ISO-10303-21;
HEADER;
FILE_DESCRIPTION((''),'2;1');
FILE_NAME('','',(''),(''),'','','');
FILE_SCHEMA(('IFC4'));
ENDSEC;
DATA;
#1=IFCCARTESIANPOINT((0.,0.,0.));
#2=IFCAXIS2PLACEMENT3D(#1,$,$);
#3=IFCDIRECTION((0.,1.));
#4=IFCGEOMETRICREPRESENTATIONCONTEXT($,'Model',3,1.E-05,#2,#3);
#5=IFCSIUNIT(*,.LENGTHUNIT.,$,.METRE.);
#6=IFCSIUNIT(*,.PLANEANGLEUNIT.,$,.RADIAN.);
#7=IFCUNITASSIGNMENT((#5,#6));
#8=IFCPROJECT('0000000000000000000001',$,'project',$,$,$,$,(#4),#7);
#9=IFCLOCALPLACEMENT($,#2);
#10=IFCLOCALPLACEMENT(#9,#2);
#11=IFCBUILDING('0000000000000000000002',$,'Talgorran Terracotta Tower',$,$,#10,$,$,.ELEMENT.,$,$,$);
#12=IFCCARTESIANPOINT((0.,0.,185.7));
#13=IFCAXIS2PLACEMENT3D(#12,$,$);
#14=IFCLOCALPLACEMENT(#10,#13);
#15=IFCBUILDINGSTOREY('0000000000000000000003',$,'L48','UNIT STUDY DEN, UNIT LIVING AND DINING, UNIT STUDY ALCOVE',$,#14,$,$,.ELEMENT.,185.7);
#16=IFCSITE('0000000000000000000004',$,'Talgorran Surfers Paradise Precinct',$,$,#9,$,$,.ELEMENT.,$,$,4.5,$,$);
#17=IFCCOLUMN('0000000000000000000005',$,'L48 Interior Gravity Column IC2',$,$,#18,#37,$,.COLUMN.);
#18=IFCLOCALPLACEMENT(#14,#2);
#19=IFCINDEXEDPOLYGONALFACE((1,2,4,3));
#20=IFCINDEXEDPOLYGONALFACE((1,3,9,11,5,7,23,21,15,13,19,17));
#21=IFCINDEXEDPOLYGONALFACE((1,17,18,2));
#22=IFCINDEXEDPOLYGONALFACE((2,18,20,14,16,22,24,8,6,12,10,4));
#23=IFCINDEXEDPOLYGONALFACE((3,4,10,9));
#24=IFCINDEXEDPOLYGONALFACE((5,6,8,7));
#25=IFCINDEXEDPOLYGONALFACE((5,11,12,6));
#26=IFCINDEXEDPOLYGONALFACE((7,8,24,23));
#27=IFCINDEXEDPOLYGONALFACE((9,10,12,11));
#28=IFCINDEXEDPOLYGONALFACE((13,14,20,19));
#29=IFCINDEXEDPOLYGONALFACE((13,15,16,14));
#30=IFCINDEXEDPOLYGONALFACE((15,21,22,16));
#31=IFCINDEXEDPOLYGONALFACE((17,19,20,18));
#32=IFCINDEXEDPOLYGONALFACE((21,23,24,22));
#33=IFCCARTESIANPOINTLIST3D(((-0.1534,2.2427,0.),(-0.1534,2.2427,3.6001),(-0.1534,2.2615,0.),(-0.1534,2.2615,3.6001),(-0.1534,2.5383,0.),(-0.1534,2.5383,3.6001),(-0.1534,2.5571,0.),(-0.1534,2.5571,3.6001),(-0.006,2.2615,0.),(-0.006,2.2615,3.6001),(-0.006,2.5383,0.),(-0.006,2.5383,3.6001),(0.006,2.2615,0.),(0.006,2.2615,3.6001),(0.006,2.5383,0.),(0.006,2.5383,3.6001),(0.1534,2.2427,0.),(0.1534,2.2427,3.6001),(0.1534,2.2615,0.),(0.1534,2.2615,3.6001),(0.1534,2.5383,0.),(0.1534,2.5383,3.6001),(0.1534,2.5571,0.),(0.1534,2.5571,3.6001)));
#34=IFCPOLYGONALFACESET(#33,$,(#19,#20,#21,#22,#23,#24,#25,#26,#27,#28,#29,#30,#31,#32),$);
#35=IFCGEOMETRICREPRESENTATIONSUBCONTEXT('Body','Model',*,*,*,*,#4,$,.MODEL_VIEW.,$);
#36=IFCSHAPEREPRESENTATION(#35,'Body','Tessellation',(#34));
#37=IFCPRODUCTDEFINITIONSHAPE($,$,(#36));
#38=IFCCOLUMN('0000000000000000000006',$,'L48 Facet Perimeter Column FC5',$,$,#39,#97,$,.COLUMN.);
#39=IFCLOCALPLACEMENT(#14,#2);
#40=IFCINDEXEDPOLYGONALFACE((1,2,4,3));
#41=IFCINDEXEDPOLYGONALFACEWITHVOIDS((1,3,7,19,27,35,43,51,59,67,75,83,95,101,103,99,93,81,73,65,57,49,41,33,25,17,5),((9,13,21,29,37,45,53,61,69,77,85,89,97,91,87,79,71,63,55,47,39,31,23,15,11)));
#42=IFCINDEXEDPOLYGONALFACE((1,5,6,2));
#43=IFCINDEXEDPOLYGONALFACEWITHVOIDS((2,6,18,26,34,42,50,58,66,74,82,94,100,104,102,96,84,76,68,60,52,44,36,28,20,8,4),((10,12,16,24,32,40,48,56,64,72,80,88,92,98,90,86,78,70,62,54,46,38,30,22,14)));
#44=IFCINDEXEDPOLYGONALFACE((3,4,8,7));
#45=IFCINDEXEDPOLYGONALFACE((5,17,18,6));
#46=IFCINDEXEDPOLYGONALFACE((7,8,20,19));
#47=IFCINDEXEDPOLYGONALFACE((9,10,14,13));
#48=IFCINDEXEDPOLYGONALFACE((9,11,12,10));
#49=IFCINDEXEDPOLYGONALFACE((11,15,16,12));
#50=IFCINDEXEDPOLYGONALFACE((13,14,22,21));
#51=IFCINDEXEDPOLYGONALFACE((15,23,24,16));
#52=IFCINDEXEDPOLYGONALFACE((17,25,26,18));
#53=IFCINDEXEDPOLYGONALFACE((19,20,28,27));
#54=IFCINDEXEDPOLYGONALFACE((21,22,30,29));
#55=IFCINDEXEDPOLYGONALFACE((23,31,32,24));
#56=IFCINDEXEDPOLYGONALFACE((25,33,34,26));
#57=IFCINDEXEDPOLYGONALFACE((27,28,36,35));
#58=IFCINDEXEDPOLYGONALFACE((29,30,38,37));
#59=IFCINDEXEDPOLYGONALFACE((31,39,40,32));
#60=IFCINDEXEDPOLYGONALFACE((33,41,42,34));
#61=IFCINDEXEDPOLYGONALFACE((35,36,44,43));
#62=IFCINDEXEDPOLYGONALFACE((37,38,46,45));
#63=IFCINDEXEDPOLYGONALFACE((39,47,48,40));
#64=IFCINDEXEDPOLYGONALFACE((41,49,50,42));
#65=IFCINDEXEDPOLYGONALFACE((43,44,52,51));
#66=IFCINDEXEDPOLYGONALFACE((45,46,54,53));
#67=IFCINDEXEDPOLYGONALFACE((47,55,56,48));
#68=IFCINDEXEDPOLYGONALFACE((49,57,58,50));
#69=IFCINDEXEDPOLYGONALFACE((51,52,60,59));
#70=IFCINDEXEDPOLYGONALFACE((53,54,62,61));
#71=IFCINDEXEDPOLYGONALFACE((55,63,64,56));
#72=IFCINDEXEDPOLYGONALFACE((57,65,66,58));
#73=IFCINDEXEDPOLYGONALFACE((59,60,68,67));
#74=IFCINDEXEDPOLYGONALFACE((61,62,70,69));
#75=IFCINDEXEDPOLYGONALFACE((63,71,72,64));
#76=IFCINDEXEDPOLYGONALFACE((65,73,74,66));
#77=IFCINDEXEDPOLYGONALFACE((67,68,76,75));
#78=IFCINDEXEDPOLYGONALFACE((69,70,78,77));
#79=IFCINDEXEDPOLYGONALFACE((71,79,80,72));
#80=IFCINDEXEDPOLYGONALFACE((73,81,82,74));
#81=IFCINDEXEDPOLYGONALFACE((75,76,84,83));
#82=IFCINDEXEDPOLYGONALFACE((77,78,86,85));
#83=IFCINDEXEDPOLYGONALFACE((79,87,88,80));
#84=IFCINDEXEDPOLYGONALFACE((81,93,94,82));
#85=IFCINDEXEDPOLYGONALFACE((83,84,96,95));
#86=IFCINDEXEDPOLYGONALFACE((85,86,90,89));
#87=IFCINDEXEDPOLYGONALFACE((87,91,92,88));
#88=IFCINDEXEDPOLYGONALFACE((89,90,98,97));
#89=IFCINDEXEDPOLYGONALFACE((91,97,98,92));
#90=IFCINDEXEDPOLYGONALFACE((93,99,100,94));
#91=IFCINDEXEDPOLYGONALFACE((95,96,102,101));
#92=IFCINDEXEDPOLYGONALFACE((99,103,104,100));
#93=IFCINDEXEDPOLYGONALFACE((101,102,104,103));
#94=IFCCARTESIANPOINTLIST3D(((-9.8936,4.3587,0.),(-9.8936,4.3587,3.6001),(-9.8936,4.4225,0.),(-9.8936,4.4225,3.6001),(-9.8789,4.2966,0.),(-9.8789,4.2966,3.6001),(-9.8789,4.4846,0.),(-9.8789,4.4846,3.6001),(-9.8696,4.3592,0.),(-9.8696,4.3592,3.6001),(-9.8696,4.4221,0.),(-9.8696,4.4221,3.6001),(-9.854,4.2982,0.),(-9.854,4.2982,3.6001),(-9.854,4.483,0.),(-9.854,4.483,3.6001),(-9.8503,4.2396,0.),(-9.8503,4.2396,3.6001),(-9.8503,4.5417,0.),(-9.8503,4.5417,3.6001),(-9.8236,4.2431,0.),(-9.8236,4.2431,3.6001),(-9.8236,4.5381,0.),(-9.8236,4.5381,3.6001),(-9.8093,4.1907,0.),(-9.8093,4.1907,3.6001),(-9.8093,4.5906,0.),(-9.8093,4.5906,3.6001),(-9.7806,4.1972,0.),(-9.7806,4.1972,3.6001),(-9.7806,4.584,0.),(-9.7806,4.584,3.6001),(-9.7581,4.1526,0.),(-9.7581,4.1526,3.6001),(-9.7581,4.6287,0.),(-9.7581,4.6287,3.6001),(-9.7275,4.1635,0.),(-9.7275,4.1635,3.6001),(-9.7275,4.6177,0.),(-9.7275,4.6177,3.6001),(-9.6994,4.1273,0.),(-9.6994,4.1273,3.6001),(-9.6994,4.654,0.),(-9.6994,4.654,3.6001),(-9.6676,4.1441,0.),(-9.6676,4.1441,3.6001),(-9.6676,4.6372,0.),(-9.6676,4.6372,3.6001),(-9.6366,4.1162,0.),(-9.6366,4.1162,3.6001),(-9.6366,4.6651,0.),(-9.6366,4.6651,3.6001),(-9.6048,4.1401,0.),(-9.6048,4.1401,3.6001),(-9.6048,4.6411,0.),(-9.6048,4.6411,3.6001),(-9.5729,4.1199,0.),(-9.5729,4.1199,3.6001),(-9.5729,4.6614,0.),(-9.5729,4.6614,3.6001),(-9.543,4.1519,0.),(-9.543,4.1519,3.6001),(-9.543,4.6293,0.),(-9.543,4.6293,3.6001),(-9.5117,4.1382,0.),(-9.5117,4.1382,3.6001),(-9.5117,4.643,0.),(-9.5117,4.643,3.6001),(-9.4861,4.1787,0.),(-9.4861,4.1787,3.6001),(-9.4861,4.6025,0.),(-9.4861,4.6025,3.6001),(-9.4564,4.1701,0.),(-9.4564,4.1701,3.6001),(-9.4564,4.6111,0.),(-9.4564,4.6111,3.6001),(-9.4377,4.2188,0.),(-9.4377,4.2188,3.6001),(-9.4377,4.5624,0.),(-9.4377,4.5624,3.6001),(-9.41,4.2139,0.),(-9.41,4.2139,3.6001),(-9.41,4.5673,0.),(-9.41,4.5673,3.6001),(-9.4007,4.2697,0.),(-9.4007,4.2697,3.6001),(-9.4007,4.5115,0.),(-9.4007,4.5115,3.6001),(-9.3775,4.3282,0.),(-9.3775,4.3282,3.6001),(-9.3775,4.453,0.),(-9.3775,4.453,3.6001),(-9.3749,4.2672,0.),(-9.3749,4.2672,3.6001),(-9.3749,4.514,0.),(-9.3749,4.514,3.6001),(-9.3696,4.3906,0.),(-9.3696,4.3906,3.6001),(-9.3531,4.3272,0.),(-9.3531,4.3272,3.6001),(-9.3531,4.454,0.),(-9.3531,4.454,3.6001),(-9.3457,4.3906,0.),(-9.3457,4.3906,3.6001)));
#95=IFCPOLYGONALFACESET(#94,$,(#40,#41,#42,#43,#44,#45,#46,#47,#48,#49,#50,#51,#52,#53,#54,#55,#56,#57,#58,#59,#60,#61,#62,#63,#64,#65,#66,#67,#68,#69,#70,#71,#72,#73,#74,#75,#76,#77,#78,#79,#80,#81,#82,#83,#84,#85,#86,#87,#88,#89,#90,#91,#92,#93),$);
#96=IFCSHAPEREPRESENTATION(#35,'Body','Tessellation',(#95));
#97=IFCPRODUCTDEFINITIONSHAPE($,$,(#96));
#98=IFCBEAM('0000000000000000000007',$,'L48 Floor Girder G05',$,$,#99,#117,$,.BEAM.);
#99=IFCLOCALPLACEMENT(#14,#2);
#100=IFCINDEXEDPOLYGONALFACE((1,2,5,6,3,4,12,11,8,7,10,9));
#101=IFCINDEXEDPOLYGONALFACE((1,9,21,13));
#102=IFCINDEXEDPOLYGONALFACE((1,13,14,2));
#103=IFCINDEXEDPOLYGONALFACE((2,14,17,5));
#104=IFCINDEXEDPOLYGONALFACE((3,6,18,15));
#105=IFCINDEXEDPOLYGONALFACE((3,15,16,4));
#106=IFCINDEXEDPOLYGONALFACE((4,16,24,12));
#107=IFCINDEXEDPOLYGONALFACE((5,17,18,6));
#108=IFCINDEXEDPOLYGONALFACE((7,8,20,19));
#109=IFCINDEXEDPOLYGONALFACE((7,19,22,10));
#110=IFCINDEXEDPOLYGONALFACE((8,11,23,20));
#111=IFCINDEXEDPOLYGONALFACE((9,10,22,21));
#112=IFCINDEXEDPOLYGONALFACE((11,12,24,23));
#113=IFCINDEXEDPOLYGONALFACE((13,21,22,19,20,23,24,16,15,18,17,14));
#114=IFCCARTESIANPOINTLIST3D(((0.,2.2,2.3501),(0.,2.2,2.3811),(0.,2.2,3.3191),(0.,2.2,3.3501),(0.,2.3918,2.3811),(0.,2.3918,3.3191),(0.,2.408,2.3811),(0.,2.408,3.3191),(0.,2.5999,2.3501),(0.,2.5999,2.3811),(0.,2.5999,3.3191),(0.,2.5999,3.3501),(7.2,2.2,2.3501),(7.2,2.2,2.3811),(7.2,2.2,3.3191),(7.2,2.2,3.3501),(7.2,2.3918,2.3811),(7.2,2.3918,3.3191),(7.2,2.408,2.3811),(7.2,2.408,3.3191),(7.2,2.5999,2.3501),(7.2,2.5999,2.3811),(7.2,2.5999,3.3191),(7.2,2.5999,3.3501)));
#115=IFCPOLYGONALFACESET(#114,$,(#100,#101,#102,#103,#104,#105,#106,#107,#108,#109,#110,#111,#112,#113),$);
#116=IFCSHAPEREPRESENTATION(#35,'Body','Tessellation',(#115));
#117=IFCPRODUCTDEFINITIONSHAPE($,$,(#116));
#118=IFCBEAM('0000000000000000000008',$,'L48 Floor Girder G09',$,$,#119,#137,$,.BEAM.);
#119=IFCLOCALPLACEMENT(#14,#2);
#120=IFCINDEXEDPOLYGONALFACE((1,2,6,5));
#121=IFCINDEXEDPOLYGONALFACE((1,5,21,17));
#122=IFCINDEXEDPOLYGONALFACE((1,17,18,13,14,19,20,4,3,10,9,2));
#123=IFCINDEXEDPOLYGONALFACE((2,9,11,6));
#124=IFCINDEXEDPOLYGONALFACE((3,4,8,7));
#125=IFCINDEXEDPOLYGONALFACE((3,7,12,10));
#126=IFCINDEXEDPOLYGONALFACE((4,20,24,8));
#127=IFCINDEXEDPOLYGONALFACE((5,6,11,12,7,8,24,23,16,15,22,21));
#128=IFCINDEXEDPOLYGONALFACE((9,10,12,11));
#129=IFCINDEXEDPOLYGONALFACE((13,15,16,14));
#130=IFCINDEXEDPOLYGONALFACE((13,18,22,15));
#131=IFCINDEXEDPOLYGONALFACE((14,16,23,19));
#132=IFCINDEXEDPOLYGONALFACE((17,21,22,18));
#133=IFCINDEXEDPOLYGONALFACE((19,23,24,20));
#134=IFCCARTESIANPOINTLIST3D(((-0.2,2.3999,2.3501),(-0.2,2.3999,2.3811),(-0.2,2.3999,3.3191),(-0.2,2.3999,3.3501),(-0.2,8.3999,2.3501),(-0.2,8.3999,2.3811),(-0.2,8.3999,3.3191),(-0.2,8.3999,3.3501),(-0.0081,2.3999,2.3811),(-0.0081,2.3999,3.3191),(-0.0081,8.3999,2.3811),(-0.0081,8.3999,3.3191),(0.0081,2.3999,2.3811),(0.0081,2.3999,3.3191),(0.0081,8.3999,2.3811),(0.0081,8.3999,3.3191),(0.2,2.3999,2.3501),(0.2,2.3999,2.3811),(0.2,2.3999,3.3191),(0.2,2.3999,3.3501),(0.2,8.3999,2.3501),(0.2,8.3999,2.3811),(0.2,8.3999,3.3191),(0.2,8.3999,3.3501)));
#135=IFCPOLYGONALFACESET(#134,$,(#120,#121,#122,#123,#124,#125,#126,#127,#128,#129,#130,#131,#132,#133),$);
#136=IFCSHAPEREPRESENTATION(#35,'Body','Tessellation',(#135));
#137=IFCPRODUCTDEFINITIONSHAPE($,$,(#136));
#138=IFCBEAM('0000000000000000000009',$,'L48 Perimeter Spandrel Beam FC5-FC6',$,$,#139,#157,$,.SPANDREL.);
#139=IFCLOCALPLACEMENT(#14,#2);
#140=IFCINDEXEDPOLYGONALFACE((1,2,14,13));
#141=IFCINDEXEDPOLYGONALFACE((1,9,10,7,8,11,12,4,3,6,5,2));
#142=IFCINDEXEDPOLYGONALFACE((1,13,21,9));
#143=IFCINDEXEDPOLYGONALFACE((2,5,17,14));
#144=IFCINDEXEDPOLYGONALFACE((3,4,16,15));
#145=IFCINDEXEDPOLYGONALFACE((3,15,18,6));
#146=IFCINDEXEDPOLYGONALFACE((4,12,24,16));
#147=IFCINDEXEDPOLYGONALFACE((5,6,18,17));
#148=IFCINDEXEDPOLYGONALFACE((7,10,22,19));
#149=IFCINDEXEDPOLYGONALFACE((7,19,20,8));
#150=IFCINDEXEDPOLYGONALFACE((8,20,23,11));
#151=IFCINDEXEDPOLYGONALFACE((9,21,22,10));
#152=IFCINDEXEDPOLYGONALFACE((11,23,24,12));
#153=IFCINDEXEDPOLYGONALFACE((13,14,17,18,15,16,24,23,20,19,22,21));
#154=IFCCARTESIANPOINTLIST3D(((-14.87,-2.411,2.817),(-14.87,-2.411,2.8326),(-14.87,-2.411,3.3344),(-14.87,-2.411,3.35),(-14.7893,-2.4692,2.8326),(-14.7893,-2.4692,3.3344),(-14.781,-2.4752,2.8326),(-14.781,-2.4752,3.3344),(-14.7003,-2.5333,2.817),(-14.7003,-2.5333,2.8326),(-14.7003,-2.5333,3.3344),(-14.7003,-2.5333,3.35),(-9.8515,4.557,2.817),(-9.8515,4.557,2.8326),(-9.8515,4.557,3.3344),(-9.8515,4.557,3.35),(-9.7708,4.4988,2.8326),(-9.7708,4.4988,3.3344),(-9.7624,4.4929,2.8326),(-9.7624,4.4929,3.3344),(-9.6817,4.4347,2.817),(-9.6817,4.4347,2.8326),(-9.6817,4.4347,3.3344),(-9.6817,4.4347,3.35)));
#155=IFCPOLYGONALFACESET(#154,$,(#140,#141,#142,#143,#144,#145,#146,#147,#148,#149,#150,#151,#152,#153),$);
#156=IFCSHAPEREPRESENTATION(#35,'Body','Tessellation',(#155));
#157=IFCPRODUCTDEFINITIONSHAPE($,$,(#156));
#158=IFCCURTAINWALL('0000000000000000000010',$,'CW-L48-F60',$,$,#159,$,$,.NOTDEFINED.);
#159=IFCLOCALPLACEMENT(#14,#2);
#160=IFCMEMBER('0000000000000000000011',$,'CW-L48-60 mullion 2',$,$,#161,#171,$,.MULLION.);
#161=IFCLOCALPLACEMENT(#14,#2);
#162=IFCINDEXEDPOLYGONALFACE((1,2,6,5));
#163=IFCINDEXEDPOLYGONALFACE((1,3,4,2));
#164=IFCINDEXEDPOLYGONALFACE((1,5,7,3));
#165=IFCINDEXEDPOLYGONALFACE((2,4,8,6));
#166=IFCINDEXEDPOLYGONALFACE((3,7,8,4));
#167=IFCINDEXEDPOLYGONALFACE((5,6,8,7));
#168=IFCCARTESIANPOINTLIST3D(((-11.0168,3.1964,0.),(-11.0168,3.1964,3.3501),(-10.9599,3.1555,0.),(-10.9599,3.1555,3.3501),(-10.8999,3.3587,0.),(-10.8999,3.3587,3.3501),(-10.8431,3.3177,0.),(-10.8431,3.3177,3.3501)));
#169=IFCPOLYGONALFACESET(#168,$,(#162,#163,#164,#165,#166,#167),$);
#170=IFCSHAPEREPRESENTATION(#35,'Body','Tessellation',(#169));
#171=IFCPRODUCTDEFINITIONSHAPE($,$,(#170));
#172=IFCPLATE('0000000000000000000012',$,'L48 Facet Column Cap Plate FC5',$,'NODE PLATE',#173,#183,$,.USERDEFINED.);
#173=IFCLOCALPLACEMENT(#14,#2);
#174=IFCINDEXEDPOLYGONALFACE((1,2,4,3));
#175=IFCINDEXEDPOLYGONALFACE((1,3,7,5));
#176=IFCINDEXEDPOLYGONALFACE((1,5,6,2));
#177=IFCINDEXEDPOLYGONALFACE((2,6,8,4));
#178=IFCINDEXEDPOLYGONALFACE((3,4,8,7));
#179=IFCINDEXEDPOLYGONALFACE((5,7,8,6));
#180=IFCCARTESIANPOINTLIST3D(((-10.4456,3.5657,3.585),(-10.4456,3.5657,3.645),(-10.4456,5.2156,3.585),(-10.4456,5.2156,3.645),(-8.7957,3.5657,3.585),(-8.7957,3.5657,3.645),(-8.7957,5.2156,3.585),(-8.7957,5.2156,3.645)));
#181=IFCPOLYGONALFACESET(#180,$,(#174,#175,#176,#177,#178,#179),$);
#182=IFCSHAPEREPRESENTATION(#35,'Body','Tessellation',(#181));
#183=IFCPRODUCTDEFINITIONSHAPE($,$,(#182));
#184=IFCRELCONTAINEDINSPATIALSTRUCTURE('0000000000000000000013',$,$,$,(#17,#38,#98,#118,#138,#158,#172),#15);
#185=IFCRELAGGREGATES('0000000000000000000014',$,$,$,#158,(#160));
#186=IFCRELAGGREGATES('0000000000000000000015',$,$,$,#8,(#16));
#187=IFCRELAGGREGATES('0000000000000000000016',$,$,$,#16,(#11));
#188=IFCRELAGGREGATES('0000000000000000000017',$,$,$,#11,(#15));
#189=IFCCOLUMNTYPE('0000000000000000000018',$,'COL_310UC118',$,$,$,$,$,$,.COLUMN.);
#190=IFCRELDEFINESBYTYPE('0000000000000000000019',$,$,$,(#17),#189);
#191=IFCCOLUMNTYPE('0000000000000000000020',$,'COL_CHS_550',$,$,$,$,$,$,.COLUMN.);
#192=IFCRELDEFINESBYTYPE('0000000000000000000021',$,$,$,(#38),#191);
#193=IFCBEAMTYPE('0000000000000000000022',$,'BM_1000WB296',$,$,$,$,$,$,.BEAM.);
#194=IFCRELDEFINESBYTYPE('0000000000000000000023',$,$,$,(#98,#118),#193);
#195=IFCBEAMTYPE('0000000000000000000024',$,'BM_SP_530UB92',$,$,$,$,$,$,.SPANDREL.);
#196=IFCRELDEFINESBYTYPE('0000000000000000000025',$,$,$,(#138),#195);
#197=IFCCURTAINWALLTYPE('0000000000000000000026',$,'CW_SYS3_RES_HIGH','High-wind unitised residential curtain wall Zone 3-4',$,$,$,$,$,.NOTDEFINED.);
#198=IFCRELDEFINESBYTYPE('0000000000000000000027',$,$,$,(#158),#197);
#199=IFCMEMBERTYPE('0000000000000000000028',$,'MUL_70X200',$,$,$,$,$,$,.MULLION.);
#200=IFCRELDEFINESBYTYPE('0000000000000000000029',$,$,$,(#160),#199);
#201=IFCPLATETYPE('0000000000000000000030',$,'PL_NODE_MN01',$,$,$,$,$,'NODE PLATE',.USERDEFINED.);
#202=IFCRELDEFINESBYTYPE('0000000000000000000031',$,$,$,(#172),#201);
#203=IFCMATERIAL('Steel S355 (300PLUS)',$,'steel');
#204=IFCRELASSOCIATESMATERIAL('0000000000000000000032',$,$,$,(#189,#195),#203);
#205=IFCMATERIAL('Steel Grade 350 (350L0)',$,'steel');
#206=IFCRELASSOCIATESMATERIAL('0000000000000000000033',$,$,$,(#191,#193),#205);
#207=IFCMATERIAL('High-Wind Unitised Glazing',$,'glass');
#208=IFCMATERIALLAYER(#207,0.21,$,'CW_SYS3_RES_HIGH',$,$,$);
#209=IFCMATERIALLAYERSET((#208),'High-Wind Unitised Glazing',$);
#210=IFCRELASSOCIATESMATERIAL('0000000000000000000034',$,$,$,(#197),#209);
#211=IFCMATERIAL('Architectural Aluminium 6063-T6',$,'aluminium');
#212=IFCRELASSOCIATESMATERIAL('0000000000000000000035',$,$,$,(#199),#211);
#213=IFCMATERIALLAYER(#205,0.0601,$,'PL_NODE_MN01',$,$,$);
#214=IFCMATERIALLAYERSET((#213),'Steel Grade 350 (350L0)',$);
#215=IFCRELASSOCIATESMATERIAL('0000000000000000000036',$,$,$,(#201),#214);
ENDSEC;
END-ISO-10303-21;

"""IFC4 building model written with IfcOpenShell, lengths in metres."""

from ifc_helpers import new_model, si_unit, direction, frame, origin, origin_2d, place, context, subcontext, project, spatial, rectangle, hollow_circle, i_section, extrude, material, layer, layer_set, material_profile, profile_set, type_object, element, aggregate, save


model = new_model("IFC4")

# Units and contexts
model_context = context("Model", 3, precision=1e-05, world=origin(), true_north=direction((0.0, 1.0)))
body_context = subcontext(model_context, "Body", "Model", "MODEL_VIEW")
ifc_project = project(units=[si_unit("LENGTHUNIT", "METRE"), si_unit("PLANEANGLEUNIT", "RADIAN")], contexts=[model_context])

# Site, building, storey
site_placement = place(None, origin())
site = spatial("IfcSite", under=ifc_project, at=site_placement, Name="Talgorran Surfers Paradise Precinct", CompositionType="ELEMENT", RefElevation=4.5)
building_placement = place(site_placement, origin())
building = spatial("IfcBuilding", under=site, at=building_placement, Name="Talgorran Terracotta Tower", CompositionType="ELEMENT")
storey_placement = place(building_placement, frame((0.0, 0.0, 185.7)))
storey = spatial("IfcBuildingStorey", under=building, at=storey_placement, Name="L48", Description="UNIT STUDY DEN, UNIT LIVING AND DINING, UNIT STUDY ALCOVE", CompositionType="ELEMENT", Elevation=185.7)

# Columns
ifc_material_1 = material(Name="Steel S355 (300PLUS)", Category="steel")
ifc_material_profile_1 = material_profile(ifc_material_1, i_section(OverallWidth=0.3069, OverallDepth=0.3145, WebThickness=0.012, FlangeThickness=0.0188, at=origin_2d()), Name="310UC118")
ifc_profile_set_1 = profile_set([ifc_material_profile_1], Name="Steel S355 (300PLUS)")
column_type_1 = type_object("IfcColumnType", Name="COL_310UC118", PredefinedType="COLUMN", material=ifc_profile_set_1)
column_1_placement = place(storey_placement, frame((0.0, 2.3999, 0.0), z_axis=(0.0, 0.0, 1.0), x_axis=(1.0, 0.0, 0.0)))
element("IfcColumn", 1, at=column_1_placement, inside=storey, type_object=column_type_1, Name="L48 Interior Gravity Column IC2", PredefinedType="COLUMN", context=body_context, shape_type="SweptSolid", body=[
    extrude(i_section(OverallWidth=0.3069, OverallDepth=0.3145, WebThickness=0.012, FlangeThickness=0.0188, at=origin_2d()), origin(), (0.0, 0.0, 1.0), 3.6001),
])
ifc_material_2 = material(Name="Steel Grade 350 (350L0)", Category="steel")
ifc_material_profile_2 = material_profile(ifc_material_2, hollow_circle(Radius=0.2749, WallThickness=0.0239, at=origin_2d()), Name="CHS550X24")
ifc_profile_set_2 = profile_set([ifc_material_profile_2], Name="Steel Grade 350 (350L0)")
column_type_2 = type_object("IfcColumnType", Name="COL_CHS_550", PredefinedType="COLUMN", material=ifc_profile_set_2)
column_2_placement = place(storey_placement, frame((-9.6206, 4.3906, 0.0), z_axis=(0.0, 0.0, 1.0), x_axis=(1.0, 0.0, 0.0)))
element("IfcColumn", 2, at=column_2_placement, inside=storey, type_object=column_type_2, Name="L48 Facet Perimeter Column FC5", PredefinedType="COLUMN", context=body_context, shape_type="SweptSolid", body=[
    extrude(hollow_circle(Radius=0.2749, WallThickness=0.0239, at=origin_2d()), origin(), (0.0, 0.0, 1.0), 3.6001),
])

# Beams
ifc_material_profile_3 = material_profile(ifc_material_2, i_section(OverallWidth=0.3999, OverallDepth=1.0, WebThickness=0.0161, FlangeThickness=0.031, at=origin_2d()), Name="1000WB296")
ifc_profile_set_3 = profile_set([ifc_material_profile_3], Name="Steel Grade 350 (350L0)")
beam_type_1 = type_object("IfcBeamType", Name="BM_1000WB296", PredefinedType="BEAM", material=ifc_profile_set_3)
beam_1_placement = place(storey_placement, frame((0.0, 2.3999, 2.8501), z_axis=(1.0, 0.0, 0.0), x_axis=(0.0, 1.0, 0.0)))
element("IfcBeam", 3, at=beam_1_placement, inside=storey, type_object=beam_type_1, Name="L48 Floor Girder G05", PredefinedType="BEAM", context=body_context, shape_type="SweptSolid", body=[
    extrude(i_section(OverallWidth=0.3999, OverallDepth=1.0, WebThickness=0.0161, FlangeThickness=0.031, at=origin_2d()), origin(), (0.0, 0.0, 1.0), 7.2),
])
beam_2_placement = place(storey_placement, frame((0.0, 2.3999, 2.8501), z_axis=(0.0, 1.0, 0.0), x_axis=(-1.0, 0.0, 0.0)))
element("IfcBeam", 4, at=beam_2_placement, inside=storey, type_object=beam_type_1, Name="L48 Floor Girder G09", PredefinedType="BEAM", context=body_context, shape_type="SweptSolid", body=[
    extrude(i_section(OverallWidth=0.3999, OverallDepth=1.0, WebThickness=0.0161, FlangeThickness=0.031, at=origin_2d()), origin(), (0.0, 0.0, 1.0), 6.0),
])
ifc_material_profile_4 = material_profile(ifc_material_1, i_section(OverallWidth=0.2092, OverallDepth=0.533, WebThickness=0.0103, FlangeThickness=0.0156, at=origin_2d()), Name="530UB92.4")
ifc_profile_set_4 = profile_set([ifc_material_profile_4], Name="Steel S355 (300PLUS)")
beam_type_2 = type_object("IfcBeamType", Name="BM_SP_530UB92", PredefinedType="SPANDREL", material=ifc_profile_set_4)
beam_3_placement = place(storey_placement, frame((-9.7666, 4.4958, 3.0835), z_axis=(-0.584426, -0.811447, 0.0), x_axis=(0.811447, -0.584426, 0.0)))
element("IfcBeam", 5, at=beam_3_placement, inside=storey, type_object=beam_type_2, Name="L48 Perimeter Spandrel Beam FC5-FC6", PredefinedType="SPANDREL", context=body_context, shape_type="SweptSolid", body=[
    extrude(i_section(OverallWidth=0.2092, OverallDepth=0.533, WebThickness=0.0103, FlangeThickness=0.0156, at=origin_2d()), origin(), (0.0, 0.0, 1.0), 8.5872),
])

# Curtain wall, member
ifc_material_3 = material(Name="High-Wind Unitised Glazing", Category="glass")
ifc_layer_1 = layer(ifc_material_3, 0.21, Name="CW_SYS3_RES_HIGH")
ifc_layer_set_1 = layer_set([ifc_layer_1], Name="High-Wind Unitised Glazing")
curtain_wall_type = type_object("IfcCurtainWallType", Name="CW_SYS3_RES_HIGH", Description="High-wind unitised residential curtain wall Zone 3-4", PredefinedType="NOTDEFINED", material=ifc_layer_set_1)
curtain_wall_placement = place(storey_placement, origin())
curtain_wall = element("IfcCurtainWall", 6, at=curtain_wall_placement, inside=storey, type_object=curtain_wall_type, Name="CW-L48-F60", PredefinedType="NOTDEFINED")
ifc_material_4 = material(Name="Architectural Aluminium 6063-T6", Category="aluminium")
ifc_material_profile_5 = material_profile(ifc_material_4, rectangle(XDim=0.0701, YDim=0.2, at=origin_2d()), Name="CWM70X200")
ifc_profile_set_5 = profile_set([ifc_material_profile_5], Name="Architectural Aluminium 6063-T6")
member_type = type_object("IfcMemberType", Name="MUL_70X200", PredefinedType="MULLION", material=ifc_profile_set_5)
member_placement = place(storey_placement, frame((-10.9299, 3.2571, 0.0), z_axis=(0.0, 0.0, 1.0), x_axis=(0.811463, -0.584404, 0.0)))
member = element("IfcMember", 7, at=member_placement, type_object=member_type, Name="CW-L48-60 mullion 2", PredefinedType="MULLION", context=body_context, shape_type="SweptSolid", body=[
    extrude(rectangle(XDim=0.0701, YDim=0.2, at=origin_2d()), origin(), (0.0, 0.0, 1.0), 3.3501),
])
aggregate(curtain_wall, [member])

# Plate
ifc_layer_2 = layer(ifc_material_2, 0.0601, Name="PL_NODE_MN01")
ifc_layer_set_2 = layer_set([ifc_layer_2], Name="Steel Grade 350 (350L0)")
plate_type_1 = type_object("IfcPlateType", Name="PL_NODE_MN01", ElementType="NODE PLATE", PredefinedType="USERDEFINED", material=ifc_layer_set_2)
plate_1_placement = place(storey_placement, frame((-9.6206, 4.3906, 3.585), z_axis=(0.0, 0.0, 1.0), x_axis=(1.0, 0.0, 0.0)))
element("IfcPlate", 8, at=plate_1_placement, inside=storey, type_object=plate_type_1, Name="L48 Facet Column Cap Plate FC5", ObjectType="NODE PLATE", PredefinedType="USERDEFINED", context=body_context, shape_type="SweptSolid", body=[
    extrude(rectangle(XDim=1.6499, YDim=1.6499, at=origin_2d()), origin(), (0.0, 0.0, 1.0), 0.0601),
])

save(model, "model.ifc")
